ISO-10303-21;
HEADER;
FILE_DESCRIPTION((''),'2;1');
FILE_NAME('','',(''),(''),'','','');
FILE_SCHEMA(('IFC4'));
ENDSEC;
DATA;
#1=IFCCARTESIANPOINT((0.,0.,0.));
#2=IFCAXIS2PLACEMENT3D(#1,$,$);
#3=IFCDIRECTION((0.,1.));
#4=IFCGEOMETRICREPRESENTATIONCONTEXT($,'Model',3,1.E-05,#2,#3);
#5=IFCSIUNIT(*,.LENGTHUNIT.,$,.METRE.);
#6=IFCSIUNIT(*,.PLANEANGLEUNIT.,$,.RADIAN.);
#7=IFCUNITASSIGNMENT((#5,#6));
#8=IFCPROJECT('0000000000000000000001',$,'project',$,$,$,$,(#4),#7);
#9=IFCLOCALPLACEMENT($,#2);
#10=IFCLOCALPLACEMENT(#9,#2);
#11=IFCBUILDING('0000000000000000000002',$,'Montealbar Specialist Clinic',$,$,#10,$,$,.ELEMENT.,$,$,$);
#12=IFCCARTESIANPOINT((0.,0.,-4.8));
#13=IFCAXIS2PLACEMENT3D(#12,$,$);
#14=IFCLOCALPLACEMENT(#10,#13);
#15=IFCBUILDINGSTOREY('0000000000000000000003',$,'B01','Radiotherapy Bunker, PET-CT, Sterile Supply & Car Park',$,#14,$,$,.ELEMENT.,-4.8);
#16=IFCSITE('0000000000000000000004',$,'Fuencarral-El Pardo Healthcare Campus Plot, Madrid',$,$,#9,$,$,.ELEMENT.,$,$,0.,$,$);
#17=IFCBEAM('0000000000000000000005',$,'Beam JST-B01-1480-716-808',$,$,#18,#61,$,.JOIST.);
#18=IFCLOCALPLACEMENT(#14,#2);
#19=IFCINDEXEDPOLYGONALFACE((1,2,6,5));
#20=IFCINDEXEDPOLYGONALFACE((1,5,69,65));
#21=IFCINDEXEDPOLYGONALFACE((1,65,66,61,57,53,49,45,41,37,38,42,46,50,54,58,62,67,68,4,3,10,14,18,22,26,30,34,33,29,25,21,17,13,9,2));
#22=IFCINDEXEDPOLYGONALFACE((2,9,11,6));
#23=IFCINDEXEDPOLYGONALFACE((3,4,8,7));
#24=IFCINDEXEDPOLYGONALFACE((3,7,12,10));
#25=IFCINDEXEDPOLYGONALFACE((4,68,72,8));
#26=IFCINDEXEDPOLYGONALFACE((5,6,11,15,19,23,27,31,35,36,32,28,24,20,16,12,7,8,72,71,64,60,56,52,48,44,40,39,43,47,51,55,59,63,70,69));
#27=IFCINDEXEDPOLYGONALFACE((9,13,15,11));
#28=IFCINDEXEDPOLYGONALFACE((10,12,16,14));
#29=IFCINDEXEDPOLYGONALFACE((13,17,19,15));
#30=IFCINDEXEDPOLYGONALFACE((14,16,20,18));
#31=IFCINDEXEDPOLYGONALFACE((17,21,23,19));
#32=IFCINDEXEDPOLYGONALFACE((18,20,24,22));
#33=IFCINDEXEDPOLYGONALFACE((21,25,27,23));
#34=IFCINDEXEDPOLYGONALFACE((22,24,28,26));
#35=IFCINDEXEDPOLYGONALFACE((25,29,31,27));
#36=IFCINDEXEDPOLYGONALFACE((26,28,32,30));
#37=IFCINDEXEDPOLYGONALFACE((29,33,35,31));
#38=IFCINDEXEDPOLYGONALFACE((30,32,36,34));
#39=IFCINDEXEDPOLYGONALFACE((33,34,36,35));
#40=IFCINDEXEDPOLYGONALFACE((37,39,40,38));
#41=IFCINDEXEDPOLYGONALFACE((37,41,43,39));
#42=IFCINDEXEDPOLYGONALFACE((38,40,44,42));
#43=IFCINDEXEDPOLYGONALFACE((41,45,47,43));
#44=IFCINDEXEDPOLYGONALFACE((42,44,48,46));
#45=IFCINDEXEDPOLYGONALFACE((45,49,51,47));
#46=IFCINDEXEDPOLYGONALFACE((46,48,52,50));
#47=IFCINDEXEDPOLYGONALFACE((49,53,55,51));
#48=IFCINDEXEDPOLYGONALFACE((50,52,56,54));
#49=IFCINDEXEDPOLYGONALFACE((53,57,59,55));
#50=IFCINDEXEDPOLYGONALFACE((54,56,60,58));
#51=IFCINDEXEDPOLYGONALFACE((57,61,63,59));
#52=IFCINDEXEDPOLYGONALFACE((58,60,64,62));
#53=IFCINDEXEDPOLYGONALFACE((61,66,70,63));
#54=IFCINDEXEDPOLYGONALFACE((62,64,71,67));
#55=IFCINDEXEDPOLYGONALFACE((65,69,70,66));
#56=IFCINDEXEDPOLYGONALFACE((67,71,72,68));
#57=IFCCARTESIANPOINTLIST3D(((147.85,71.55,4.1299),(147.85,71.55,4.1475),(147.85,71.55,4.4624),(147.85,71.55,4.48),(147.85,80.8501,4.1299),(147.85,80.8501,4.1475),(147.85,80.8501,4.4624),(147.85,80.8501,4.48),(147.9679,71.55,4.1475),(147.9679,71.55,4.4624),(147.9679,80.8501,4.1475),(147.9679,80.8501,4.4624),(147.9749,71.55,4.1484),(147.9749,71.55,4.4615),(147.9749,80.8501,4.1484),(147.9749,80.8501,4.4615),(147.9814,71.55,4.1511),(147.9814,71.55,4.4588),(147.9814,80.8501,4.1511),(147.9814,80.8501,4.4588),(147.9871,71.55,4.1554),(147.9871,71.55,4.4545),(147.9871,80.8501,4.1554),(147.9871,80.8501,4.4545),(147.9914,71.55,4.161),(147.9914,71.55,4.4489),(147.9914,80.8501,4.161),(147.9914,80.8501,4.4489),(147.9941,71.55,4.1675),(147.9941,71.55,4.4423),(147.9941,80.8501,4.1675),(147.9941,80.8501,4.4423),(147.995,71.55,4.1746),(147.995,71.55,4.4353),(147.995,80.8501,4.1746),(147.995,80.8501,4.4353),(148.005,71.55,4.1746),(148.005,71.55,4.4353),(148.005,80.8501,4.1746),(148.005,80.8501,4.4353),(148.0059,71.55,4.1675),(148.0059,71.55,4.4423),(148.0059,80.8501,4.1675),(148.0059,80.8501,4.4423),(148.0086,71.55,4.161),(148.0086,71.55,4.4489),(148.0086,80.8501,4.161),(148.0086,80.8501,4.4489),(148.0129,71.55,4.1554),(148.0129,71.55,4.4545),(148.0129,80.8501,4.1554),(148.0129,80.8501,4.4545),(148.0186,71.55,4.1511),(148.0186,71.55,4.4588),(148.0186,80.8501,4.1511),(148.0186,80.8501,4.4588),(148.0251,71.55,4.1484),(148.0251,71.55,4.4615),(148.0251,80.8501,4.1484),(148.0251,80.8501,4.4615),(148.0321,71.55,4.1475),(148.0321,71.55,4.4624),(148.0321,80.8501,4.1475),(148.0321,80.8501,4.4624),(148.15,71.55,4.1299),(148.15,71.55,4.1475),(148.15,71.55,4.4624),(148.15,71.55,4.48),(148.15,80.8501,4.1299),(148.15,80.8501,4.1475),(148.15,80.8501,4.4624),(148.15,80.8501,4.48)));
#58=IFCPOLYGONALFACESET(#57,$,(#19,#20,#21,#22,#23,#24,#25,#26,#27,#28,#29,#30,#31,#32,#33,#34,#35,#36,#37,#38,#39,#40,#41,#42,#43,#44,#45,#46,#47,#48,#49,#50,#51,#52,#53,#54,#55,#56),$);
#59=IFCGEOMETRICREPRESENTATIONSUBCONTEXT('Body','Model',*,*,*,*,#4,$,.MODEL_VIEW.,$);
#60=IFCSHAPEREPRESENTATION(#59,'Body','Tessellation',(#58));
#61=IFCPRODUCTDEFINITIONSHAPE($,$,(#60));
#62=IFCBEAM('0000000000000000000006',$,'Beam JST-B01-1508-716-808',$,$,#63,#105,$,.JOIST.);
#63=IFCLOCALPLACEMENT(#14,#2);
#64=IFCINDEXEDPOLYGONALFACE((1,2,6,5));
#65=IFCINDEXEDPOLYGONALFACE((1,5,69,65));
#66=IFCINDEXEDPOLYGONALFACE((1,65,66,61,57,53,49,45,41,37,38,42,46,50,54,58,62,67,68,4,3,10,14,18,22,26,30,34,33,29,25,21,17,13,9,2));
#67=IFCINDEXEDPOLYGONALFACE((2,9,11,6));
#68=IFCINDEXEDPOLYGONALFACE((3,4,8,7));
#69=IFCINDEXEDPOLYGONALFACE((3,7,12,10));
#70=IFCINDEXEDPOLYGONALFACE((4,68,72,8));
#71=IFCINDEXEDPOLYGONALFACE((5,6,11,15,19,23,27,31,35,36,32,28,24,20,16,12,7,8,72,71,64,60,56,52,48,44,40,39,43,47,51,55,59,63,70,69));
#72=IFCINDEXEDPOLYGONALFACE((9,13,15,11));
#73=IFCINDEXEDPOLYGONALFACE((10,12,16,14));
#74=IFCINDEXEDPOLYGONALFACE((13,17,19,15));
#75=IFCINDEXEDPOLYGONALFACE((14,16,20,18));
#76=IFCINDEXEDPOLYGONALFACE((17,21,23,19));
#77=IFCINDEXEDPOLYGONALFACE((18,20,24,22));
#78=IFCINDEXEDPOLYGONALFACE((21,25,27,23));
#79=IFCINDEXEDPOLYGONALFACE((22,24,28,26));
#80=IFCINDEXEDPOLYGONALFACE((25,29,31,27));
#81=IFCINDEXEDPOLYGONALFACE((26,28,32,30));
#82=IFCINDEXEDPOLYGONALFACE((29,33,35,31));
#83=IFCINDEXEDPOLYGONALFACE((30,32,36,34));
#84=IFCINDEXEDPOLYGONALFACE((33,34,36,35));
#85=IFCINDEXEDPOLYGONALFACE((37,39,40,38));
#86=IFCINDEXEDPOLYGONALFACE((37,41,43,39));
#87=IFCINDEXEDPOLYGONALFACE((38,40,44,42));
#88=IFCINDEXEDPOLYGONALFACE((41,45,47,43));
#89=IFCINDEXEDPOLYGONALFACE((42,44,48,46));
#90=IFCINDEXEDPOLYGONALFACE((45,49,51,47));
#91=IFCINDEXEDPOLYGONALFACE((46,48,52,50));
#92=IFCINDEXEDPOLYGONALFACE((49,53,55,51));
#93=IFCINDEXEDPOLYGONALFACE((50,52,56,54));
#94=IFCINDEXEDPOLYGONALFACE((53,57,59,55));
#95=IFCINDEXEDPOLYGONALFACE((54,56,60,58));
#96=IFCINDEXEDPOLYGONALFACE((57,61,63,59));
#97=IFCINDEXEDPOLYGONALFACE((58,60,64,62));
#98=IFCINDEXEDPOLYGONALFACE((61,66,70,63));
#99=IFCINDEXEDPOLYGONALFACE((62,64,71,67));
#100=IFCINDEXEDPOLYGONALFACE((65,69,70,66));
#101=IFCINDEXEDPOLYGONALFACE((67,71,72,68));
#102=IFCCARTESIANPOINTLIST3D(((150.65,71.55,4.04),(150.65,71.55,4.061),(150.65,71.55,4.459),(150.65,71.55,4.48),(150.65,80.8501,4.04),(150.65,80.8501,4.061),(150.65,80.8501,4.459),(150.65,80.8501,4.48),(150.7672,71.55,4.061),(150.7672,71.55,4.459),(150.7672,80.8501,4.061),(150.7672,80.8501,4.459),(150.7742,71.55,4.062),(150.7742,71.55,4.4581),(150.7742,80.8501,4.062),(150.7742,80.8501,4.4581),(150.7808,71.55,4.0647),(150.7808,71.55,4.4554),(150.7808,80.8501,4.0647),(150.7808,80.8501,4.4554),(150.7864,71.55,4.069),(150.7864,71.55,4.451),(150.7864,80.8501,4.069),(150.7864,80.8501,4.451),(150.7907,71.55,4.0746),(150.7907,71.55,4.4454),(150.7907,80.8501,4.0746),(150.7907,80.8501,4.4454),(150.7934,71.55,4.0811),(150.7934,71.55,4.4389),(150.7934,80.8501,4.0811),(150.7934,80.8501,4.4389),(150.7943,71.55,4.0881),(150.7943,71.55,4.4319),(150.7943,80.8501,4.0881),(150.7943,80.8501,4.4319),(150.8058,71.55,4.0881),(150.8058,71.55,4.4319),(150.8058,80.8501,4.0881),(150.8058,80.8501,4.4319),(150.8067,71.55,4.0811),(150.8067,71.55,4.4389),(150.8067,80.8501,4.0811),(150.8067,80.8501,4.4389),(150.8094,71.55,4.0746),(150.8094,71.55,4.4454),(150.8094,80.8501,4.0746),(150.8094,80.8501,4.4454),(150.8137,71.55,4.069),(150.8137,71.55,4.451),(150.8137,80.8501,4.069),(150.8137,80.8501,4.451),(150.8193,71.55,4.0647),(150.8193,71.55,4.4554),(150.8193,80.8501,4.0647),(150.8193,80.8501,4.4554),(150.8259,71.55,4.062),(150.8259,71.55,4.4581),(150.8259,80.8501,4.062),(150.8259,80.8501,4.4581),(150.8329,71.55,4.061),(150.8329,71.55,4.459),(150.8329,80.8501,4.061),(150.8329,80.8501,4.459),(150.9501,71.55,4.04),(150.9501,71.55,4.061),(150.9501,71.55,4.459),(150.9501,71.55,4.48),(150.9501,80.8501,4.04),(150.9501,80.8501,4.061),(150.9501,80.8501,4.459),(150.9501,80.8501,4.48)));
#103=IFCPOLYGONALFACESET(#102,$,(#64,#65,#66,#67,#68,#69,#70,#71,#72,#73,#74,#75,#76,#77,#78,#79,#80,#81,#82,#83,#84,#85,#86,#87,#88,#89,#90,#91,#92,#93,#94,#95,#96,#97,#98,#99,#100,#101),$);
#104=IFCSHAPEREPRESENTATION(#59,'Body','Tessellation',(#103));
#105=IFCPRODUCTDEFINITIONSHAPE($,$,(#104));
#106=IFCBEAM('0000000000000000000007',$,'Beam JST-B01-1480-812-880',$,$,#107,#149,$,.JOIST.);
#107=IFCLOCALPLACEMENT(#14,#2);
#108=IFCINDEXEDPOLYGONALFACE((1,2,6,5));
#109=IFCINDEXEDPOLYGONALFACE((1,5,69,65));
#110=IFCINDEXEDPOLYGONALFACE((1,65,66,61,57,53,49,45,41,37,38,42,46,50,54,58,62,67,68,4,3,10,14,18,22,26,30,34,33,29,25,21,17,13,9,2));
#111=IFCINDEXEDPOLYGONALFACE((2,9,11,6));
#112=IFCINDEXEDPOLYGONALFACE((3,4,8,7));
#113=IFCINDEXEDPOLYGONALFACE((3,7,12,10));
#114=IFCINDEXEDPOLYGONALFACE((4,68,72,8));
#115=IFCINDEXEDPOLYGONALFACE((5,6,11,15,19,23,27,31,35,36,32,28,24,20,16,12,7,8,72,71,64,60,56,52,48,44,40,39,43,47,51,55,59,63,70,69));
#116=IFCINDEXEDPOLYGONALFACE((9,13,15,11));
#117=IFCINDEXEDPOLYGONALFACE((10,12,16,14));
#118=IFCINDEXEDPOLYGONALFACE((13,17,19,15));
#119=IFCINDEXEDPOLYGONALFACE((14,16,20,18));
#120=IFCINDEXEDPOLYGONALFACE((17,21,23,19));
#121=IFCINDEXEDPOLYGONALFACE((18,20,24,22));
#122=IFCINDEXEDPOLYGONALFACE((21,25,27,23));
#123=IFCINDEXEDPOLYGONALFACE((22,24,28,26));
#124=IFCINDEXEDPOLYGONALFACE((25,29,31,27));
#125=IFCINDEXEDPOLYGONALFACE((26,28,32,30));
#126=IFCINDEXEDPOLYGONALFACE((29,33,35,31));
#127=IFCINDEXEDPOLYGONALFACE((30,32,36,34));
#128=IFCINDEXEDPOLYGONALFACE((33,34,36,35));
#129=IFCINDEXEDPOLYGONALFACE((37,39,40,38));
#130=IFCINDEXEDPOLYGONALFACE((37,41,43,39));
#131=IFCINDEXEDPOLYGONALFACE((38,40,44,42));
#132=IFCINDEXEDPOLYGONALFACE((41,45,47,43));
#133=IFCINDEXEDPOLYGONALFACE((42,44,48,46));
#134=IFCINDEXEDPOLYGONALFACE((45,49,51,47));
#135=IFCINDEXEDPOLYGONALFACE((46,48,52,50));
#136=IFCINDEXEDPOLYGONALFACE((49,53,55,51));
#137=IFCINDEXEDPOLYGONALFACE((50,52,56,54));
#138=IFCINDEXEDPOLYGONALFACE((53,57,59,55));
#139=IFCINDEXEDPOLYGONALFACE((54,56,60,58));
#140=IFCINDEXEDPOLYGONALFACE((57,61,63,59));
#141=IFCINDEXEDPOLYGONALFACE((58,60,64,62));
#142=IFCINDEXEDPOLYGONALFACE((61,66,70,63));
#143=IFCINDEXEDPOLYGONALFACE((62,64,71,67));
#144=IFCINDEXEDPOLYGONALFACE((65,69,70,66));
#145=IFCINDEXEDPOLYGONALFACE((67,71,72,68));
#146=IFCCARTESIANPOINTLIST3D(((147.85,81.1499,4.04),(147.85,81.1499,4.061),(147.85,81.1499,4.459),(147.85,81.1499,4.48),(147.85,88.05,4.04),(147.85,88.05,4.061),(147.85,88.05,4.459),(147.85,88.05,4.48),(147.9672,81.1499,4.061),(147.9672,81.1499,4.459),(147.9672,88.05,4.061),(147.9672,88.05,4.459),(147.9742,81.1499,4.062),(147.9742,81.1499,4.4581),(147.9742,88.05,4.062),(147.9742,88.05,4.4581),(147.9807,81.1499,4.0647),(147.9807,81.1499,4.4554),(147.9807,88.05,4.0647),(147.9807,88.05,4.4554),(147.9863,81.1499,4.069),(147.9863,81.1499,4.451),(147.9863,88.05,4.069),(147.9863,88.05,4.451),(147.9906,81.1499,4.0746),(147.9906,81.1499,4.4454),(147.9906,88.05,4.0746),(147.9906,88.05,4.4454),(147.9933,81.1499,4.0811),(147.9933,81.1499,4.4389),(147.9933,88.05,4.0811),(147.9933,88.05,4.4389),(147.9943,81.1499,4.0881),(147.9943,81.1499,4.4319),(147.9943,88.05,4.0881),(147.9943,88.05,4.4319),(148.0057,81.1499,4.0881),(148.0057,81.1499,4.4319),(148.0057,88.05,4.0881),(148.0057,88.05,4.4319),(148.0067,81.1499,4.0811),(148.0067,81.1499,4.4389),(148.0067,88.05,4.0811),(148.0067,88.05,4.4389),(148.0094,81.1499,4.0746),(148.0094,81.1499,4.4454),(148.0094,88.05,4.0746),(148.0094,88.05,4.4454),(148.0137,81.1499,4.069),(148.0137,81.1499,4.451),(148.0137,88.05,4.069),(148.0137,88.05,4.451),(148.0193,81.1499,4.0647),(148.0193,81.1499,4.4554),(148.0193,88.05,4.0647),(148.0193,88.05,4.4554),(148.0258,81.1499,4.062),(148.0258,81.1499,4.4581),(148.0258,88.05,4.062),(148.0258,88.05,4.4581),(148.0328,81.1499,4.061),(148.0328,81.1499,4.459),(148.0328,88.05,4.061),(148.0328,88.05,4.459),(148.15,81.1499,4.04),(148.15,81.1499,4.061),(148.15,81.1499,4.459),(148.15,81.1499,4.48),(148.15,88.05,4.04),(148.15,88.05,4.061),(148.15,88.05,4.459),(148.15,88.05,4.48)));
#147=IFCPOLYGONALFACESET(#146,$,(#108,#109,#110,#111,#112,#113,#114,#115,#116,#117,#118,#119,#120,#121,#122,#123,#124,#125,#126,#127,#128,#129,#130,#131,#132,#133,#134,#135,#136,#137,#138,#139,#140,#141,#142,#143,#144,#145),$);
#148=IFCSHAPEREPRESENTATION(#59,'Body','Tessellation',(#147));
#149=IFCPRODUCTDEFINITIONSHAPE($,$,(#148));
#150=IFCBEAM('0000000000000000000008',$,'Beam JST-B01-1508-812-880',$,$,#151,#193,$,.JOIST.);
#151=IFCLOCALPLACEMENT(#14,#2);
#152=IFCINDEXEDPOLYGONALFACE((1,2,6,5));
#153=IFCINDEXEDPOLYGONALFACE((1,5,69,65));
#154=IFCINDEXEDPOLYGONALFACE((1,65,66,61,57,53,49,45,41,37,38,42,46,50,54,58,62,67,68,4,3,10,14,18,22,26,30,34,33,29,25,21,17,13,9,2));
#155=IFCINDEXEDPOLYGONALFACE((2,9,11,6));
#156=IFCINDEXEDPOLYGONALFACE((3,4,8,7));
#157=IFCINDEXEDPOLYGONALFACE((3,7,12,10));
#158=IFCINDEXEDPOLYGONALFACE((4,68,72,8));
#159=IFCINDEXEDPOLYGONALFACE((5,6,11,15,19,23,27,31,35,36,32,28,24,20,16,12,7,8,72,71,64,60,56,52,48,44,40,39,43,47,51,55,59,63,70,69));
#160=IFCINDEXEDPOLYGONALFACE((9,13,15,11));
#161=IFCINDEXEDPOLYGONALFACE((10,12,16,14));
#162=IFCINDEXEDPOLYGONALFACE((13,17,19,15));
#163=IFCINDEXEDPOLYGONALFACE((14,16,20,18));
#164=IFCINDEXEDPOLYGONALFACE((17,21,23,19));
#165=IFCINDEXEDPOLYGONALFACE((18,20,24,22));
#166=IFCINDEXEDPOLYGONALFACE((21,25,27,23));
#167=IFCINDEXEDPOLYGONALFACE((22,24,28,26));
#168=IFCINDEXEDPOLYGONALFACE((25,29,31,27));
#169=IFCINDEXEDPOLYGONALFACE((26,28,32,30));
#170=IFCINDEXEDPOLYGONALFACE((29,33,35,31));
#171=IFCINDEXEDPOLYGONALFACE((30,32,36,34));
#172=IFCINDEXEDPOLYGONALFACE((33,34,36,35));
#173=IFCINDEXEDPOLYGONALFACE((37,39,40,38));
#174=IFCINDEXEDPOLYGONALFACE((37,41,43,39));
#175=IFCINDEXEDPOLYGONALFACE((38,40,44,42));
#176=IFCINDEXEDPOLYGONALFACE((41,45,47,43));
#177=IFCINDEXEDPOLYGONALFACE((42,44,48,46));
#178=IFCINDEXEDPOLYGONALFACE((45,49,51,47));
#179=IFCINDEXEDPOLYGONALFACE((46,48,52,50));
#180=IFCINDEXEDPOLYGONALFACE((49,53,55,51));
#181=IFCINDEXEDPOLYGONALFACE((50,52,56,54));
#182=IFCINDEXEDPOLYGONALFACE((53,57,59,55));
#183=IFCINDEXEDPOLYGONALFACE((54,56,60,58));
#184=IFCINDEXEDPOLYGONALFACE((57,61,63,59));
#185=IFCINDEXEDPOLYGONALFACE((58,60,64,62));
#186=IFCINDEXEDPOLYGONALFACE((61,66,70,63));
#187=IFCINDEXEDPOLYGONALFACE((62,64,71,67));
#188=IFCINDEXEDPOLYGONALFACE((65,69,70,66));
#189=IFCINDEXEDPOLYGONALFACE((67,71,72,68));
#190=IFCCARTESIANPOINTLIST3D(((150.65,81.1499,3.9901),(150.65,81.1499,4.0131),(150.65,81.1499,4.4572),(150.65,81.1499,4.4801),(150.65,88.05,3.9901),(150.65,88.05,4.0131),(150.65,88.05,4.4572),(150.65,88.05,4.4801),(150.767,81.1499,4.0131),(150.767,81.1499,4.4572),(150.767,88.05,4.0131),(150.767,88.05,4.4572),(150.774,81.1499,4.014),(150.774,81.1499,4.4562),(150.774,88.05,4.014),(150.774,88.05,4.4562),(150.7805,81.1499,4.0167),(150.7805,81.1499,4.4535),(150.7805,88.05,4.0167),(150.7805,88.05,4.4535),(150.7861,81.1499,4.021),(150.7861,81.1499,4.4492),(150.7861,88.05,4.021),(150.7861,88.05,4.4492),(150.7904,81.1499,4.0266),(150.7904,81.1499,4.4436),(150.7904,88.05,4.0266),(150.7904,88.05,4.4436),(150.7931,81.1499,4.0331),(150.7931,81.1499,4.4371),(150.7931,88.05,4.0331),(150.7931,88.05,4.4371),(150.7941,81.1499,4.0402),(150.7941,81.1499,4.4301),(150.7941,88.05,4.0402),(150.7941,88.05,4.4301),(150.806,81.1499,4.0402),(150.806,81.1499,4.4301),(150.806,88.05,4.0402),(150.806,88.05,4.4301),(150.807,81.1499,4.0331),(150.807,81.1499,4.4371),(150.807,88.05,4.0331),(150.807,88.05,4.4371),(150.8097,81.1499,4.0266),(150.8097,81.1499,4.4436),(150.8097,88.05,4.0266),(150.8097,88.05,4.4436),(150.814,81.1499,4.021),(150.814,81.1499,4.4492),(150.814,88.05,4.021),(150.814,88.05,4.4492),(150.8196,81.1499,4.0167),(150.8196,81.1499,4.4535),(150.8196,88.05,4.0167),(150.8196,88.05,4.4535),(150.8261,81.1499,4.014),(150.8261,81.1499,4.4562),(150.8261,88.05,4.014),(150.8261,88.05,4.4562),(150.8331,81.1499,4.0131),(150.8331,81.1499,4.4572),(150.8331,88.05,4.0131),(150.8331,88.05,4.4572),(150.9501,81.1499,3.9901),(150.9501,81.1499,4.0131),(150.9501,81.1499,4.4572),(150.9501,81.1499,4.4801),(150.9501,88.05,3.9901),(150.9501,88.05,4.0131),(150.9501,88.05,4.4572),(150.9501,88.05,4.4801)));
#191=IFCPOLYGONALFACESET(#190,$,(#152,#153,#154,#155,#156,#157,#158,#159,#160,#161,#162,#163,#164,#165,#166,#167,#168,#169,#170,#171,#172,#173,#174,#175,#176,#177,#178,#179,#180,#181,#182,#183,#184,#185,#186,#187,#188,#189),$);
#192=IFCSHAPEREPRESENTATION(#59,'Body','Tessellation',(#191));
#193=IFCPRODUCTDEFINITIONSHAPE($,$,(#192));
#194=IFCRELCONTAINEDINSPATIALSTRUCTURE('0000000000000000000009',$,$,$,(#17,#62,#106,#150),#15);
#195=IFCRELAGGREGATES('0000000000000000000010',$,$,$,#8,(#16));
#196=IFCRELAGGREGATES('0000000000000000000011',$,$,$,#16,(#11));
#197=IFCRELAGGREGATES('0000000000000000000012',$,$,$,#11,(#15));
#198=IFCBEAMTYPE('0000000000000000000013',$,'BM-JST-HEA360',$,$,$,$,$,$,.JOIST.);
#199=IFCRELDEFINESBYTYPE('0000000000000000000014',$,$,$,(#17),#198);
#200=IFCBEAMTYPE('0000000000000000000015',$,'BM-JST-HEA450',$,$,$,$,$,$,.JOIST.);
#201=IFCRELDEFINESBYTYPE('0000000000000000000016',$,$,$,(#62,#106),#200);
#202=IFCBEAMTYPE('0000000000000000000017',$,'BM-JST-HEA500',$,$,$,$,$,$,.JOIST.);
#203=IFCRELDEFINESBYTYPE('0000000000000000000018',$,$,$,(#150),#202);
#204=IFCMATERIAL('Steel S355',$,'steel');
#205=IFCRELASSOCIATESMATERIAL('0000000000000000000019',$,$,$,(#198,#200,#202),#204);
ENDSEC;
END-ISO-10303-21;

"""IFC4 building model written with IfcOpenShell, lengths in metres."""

from ifc_helpers import new_model, si_unit, direction, frame, origin, origin_2d, place, context, subcontext, project, spatial, i_section, extrude, material, material_profile, profile_set, type_object, element, save


model = new_model("IFC4")

# Units and contexts
model_context = context("Model", 3, precision=1e-05, world=origin(), true_north=direction((0.0, 1.0)))
body_context = subcontext(model_context, "Body", "Model", "MODEL_VIEW")
ifc_project = project(units=[si_unit("LENGTHUNIT", "METRE"), si_unit("PLANEANGLEUNIT", "RADIAN")], contexts=[model_context])

# Site, building, storey
site_placement = place(None, origin())
site = spatial("IfcSite", under=ifc_project, at=site_placement, Name="Fuencarral-El Pardo Healthcare Campus Plot, Madrid", CompositionType="ELEMENT", RefElevation=0.0)
building_placement = place(site_placement, origin())
building = spatial("IfcBuilding", under=site, at=building_placement, Name="Montealbar Specialist Clinic", CompositionType="ELEMENT")
storey_placement = place(building_placement, frame((0.0, 0.0, -4.8)))
storey = spatial("IfcBuildingStorey", under=building, at=storey_placement, Name="B01", Description="Radiotherapy Bunker, PET-CT, Sterile Supply & Car Park", CompositionType="ELEMENT", Elevation=-4.8)

# Shared definitions
ifc_material_1 = material(Name="Steel S355", Category="steel")

# Beams
ifc_material_profile_1 = material_profile(ifc_material_1, i_section(OverallWidth=0.3, OverallDepth=0.3501, WebThickness=0.01, FlangeThickness=0.0176, FilletRadius=0.0271, at=origin_2d()), Name="HEA 360", Category="steel")
ifc_profile_set_1 = profile_set([ifc_material_profile_1], Name="Steel S355")
beam_type_1 = type_object("IfcBeamType", Name="BM-JST-HEA360", PredefinedType="JOIST", material=ifc_profile_set_1)
beam_1_placement = place(storey_placement, frame((148.0, 71.55, 4.3049), z_axis=(0.0, 1.0, 0.0), x_axis=(-1.0, 0.0, 0.0)))
element("IfcBeam", 1, at=beam_1_placement, inside=storey, type_object=beam_type_1, Name="Beam JST-B01-1480-716-808", PredefinedType="JOIST", context=body_context, shape_type="SweptSolid", body=[
    extrude(i_section(OverallWidth=0.3, OverallDepth=0.3501, WebThickness=0.01, FlangeThickness=0.0176, FilletRadius=0.0271, at=origin_2d()), origin(), (0.0, 0.0, 1.0), 9.3),
])
ifc_material_profile_2 = material_profile(ifc_material_1, i_section(OverallWidth=0.3, OverallDepth=0.4399, WebThickness=0.0115, FlangeThickness=0.021, FilletRadius=0.0271, at=origin_2d()), Name="HEA 450", Category="steel")
ifc_profile_set_2 = profile_set([ifc_material_profile_2], Name="Steel S355")
beam_type_2 = type_object("IfcBeamType", Name="BM-JST-HEA450", PredefinedType="JOIST", material=ifc_profile_set_2)
beam_2_placement = place(storey_placement, frame((150.8, 71.55, 4.26), z_axis=(0.0, 1.0, 0.0), x_axis=(-1.0, 0.0, 0.0)))
element("IfcBeam", 2, at=beam_2_placement, inside=storey, type_object=beam_type_2, Name="Beam JST-B01-1508-716-808", PredefinedType="JOIST", context=body_context, shape_type="SweptSolid", body=[
    extrude(i_section(OverallWidth=0.3, OverallDepth=0.4399, WebThickness=0.0115, FlangeThickness=0.021, FilletRadius=0.0271, at=origin_2d()), origin(), (0.0, 0.0, 1.0), 9.3),
])
beam_3_placement = place(storey_placement, frame((148.0, 81.1499, 4.26), z_axis=(0.0, 1.0, 0.0), x_axis=(-1.0, 0.0, 0.0)))
element("IfcBeam", 3, at=beam_3_placement, inside=storey, type_object=beam_type_2, Name="Beam JST-B01-1480-812-880", PredefinedType="JOIST", context=body_context, shape_type="SweptSolid", body=[
    extrude(i_section(OverallWidth=0.3, OverallDepth=0.4399, WebThickness=0.0115, FlangeThickness=0.021, FilletRadius=0.0271, at=origin_2d()), origin(), (0.0, 0.0, 1.0), 6.9001),
])
ifc_material_profile_3 = material_profile(ifc_material_1, i_section(OverallWidth=0.3, OverallDepth=0.49, WebThickness=0.012, FlangeThickness=0.0229, FilletRadius=0.0271, at=origin_2d()), Name="HEA 500", Category="steel")
ifc_profile_set_3 = profile_set([ifc_material_profile_3], Name="Steel S355")
beam_type_3 = type_object("IfcBeamType", Name="BM-JST-HEA500", PredefinedType="JOIST", material=ifc_profile_set_3)
beam_4_placement = place(storey_placement, frame((150.8, 81.1499, 4.2351), z_axis=(0.0, 1.0, 0.0), x_axis=(-1.0, 0.0, 0.0)))
element("IfcBeam", 4, at=beam_4_placement, inside=storey, type_object=beam_type_3, Name="Beam JST-B01-1508-812-880", PredefinedType="JOIST", context=body_context, shape_type="SweptSolid", body=[
    extrude(i_section(OverallWidth=0.3, OverallDepth=0.49, WebThickness=0.012, FlangeThickness=0.0229, FilletRadius=0.0271, at=origin_2d()), origin(), (0.0, 0.0, 1.0), 6.9001),
])

save(model, "model.ifc")
